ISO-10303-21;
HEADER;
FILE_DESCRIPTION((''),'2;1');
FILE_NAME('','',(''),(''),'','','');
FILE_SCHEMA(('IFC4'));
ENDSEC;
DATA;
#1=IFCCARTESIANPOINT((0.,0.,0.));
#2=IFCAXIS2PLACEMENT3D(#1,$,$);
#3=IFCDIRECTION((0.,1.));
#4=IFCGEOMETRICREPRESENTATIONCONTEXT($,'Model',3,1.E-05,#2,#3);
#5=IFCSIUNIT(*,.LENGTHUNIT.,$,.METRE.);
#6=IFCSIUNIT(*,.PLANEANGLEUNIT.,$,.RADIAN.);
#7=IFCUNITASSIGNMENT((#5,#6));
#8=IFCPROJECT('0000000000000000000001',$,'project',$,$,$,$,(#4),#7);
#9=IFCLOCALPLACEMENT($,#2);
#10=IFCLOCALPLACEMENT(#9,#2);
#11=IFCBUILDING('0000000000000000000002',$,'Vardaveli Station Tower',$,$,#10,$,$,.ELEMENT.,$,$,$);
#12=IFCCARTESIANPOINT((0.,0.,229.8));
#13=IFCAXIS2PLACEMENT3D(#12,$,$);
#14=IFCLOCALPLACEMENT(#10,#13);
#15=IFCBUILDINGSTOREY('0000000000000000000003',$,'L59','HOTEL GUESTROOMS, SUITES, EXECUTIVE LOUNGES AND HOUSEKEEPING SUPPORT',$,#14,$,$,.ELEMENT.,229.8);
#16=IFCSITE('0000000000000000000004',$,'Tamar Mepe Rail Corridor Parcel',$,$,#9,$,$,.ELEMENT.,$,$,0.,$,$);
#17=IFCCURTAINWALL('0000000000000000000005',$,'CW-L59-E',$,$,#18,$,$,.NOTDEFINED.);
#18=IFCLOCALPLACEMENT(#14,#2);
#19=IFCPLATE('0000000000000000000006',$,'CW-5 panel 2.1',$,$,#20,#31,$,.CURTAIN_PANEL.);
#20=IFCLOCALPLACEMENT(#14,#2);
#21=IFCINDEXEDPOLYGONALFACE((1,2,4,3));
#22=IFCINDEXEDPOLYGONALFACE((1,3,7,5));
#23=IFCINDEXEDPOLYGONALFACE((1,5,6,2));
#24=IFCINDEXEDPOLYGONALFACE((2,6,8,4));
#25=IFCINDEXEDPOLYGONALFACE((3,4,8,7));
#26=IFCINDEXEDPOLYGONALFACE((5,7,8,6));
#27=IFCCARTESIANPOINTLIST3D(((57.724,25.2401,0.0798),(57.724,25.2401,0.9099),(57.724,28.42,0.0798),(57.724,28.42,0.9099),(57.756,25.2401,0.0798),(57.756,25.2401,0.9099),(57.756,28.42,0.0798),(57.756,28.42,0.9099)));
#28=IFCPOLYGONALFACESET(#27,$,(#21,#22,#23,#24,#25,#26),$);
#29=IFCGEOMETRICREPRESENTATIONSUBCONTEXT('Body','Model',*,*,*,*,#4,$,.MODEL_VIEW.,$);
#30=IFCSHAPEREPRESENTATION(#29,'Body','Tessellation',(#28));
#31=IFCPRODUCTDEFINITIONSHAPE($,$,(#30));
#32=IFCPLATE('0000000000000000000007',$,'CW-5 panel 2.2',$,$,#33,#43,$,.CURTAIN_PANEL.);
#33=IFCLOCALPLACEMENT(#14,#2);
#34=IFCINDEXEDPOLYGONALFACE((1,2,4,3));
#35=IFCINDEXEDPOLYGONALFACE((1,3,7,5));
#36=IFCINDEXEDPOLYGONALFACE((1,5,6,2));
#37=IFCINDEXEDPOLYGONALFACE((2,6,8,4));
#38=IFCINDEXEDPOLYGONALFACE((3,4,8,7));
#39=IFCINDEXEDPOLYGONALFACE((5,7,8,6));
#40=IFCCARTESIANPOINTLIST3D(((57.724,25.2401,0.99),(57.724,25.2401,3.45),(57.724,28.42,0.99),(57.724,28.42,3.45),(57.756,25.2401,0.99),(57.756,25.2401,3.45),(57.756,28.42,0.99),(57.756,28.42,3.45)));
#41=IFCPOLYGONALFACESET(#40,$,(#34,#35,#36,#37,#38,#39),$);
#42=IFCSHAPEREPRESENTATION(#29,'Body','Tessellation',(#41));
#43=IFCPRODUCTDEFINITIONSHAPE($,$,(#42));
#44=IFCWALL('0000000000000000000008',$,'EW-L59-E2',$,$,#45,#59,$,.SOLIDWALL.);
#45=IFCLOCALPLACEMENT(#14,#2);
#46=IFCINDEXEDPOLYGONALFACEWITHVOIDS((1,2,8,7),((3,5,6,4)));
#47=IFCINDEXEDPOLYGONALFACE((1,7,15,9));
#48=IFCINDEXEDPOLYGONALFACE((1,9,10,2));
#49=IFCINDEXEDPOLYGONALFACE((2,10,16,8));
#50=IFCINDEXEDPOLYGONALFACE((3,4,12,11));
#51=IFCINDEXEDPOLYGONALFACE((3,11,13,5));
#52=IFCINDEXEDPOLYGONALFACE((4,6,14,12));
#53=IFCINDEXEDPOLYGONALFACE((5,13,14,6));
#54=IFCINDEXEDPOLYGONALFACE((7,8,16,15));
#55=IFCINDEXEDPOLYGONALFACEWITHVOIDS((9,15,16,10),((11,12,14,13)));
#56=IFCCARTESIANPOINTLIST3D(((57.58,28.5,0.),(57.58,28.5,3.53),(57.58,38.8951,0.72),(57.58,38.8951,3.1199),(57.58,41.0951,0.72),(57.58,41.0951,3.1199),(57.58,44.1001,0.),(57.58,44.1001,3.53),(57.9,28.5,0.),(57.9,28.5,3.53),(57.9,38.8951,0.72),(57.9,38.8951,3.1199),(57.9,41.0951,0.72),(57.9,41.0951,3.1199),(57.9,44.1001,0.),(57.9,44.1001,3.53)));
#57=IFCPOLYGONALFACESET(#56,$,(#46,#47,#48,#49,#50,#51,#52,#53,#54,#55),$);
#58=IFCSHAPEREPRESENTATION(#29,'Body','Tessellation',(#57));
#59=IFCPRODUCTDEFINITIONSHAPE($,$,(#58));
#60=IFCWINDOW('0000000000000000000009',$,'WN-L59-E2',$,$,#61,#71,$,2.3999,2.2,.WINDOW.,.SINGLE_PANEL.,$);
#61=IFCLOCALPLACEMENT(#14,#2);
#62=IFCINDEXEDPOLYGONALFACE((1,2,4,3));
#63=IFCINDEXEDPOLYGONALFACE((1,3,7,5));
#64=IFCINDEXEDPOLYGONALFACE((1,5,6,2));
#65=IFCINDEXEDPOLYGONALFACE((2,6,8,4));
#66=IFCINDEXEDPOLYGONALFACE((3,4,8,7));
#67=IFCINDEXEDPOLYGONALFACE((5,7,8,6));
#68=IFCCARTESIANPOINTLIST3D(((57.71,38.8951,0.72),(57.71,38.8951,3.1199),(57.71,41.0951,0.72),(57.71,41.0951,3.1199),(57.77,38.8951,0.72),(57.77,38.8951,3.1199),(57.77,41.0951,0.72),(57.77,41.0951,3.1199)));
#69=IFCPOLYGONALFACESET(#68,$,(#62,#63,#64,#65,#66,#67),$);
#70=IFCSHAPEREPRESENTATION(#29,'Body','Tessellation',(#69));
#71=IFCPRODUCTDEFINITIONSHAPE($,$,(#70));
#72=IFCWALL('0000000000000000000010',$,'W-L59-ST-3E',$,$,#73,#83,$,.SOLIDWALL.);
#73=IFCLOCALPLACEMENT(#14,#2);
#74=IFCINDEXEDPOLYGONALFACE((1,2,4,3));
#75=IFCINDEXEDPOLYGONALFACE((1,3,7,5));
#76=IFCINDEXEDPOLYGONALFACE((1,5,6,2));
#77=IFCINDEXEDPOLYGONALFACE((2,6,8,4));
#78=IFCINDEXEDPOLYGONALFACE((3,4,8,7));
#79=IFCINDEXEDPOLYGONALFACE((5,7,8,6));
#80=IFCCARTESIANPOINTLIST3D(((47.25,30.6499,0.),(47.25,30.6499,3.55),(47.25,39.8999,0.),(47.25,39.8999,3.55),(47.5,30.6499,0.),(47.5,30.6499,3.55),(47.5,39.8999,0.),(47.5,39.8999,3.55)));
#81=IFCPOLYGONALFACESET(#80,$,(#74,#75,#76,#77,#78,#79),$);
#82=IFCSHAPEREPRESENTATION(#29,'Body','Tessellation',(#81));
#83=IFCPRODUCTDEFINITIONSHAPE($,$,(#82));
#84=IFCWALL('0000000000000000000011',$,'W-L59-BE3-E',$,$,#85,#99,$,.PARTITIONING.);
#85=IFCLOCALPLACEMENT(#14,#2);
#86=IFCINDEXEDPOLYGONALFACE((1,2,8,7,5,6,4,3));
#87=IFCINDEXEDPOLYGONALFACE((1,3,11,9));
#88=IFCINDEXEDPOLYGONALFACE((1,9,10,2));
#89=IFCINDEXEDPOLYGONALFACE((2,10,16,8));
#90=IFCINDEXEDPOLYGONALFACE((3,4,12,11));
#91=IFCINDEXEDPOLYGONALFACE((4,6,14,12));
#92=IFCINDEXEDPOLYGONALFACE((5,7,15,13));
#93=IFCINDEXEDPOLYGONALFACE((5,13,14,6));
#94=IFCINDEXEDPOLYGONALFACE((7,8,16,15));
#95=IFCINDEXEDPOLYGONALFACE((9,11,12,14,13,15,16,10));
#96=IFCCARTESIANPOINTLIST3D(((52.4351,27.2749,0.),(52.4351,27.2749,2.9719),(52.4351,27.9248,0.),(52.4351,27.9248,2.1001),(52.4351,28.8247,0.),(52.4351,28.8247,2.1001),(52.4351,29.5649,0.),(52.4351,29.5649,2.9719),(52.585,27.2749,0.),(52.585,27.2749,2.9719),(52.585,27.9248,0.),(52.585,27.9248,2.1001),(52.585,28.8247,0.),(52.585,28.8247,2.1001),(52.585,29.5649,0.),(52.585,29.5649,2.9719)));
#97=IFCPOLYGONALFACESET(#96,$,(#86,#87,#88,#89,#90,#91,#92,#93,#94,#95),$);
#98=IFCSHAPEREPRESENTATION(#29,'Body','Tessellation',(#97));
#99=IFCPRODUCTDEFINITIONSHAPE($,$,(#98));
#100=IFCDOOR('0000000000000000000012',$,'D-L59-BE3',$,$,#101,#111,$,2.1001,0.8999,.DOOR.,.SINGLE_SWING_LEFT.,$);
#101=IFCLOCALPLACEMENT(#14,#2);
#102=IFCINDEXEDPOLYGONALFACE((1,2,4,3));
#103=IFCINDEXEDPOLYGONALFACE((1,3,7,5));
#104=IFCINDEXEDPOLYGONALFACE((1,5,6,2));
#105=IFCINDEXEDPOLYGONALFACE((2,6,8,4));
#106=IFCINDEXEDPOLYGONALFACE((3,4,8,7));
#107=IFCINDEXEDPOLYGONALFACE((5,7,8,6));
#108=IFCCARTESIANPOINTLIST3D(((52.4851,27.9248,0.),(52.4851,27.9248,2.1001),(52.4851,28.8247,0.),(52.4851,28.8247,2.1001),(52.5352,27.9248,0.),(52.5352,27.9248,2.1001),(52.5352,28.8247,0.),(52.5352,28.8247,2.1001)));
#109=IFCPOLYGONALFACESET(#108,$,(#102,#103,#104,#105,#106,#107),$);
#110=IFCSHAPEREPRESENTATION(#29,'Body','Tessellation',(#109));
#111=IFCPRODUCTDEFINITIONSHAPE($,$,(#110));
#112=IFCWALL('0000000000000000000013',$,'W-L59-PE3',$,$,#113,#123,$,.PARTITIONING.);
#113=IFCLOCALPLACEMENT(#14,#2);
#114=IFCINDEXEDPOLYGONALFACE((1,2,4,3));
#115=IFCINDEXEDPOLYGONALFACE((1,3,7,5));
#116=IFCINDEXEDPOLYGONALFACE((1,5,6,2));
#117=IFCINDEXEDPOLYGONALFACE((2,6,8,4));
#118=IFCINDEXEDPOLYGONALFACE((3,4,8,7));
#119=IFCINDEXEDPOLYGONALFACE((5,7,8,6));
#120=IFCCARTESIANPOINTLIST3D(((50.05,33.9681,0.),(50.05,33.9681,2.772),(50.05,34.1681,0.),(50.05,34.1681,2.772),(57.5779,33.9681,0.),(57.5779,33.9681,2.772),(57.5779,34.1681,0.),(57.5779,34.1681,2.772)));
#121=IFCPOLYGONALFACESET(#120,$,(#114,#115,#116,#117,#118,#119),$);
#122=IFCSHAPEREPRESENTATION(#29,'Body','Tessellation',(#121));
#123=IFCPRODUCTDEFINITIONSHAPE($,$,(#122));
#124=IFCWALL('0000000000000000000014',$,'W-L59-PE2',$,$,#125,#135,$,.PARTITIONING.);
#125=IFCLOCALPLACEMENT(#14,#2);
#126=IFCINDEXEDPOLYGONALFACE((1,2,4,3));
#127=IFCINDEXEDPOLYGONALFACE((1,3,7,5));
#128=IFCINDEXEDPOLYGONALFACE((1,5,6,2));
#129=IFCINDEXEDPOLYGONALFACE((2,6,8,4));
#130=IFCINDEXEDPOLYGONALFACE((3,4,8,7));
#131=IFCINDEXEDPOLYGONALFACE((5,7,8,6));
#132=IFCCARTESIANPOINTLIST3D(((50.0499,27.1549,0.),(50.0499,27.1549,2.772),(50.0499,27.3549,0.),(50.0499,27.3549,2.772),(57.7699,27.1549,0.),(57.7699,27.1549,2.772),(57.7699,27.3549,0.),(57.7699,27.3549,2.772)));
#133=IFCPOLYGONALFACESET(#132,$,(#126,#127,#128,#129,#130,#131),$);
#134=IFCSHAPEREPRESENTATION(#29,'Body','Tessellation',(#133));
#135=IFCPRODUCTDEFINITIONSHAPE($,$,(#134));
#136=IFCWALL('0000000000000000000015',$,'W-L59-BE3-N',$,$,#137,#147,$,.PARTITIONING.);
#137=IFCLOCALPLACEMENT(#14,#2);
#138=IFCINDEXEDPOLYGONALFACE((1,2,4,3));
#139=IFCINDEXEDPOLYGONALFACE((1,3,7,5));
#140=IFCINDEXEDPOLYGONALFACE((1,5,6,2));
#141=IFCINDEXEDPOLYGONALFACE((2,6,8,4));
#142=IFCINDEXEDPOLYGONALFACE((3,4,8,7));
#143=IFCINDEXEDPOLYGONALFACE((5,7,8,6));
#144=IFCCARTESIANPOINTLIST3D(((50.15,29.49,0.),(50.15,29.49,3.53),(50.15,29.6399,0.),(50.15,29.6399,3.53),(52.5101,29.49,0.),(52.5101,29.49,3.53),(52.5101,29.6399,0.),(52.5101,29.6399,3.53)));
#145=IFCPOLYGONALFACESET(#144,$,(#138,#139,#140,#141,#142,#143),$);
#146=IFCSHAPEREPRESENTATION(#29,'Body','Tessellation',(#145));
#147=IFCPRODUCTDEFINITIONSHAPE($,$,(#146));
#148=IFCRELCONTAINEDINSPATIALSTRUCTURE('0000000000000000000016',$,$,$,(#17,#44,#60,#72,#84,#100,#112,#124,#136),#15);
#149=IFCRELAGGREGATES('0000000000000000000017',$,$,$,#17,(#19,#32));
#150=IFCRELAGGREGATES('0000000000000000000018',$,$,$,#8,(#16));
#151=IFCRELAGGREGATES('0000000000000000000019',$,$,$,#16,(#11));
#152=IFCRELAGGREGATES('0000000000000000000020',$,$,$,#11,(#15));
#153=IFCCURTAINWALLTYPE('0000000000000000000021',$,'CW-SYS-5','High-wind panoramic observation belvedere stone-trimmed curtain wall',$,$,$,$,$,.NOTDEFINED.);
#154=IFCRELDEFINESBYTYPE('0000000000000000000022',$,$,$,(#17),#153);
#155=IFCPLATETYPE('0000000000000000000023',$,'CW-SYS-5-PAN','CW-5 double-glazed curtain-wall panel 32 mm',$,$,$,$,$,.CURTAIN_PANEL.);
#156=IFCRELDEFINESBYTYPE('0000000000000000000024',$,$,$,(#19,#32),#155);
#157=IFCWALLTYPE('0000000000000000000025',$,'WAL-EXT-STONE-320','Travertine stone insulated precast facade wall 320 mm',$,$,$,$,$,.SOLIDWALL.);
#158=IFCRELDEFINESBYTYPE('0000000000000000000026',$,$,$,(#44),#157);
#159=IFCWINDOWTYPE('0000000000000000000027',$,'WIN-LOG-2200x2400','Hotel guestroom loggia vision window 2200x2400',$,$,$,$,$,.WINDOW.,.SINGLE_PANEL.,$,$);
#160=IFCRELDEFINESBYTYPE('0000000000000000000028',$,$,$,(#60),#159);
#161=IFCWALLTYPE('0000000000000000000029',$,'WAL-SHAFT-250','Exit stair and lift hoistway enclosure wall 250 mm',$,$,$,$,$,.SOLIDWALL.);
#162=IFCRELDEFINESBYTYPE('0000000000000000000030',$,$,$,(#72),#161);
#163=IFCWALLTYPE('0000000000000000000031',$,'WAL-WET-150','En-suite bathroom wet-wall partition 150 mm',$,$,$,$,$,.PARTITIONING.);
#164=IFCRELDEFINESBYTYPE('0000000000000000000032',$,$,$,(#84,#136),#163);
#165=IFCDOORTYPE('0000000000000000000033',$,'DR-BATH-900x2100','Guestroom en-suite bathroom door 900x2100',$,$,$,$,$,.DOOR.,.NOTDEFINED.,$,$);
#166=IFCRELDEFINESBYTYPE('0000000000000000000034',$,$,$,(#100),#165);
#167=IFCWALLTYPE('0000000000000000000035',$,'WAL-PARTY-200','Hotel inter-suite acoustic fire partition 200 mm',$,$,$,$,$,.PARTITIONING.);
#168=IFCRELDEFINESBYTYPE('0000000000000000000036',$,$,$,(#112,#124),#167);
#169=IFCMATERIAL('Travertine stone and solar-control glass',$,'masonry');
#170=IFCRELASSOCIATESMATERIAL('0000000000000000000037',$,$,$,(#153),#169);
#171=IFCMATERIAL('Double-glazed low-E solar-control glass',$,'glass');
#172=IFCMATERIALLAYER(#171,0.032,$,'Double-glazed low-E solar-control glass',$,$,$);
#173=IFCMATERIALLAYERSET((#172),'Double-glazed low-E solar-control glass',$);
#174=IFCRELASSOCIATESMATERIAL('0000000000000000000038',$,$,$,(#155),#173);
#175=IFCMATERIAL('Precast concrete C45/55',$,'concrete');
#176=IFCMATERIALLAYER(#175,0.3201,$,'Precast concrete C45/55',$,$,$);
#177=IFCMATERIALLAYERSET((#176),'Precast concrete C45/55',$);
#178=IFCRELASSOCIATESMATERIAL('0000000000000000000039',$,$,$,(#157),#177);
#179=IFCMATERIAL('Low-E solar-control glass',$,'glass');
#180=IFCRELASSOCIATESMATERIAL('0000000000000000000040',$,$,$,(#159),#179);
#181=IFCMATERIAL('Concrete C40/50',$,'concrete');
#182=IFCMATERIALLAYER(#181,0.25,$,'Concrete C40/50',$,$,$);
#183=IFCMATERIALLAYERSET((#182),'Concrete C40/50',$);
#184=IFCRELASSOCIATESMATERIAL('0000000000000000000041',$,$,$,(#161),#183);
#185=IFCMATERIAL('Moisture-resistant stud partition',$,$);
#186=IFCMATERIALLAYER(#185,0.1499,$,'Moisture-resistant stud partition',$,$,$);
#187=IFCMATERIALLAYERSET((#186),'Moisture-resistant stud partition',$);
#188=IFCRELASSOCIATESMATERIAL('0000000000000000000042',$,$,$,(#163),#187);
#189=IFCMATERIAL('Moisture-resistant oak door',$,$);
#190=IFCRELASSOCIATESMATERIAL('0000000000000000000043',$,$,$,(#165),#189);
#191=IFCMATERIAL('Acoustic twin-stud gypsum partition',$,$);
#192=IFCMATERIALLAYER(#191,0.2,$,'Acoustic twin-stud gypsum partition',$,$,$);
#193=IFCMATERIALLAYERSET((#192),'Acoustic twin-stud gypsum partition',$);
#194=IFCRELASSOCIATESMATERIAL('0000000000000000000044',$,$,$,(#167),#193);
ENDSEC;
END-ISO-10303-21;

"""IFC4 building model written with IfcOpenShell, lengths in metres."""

from ifc_helpers import new_model, si_unit, direction, frame, frame_2d, origin, origin_2d, place, context, subcontext, project, spatial, rectangle, extrude, source, transform, mapped, material, layer, layer_set, type_object, element, fill, aggregate, save


model = new_model("IFC4")

# Units and contexts
model_context = context("Model", 3, precision=1e-05, world=origin(), true_north=direction((0.0, 1.0)))
body_context = subcontext(model_context, "Body", "Model", "MODEL_VIEW")
ifc_project = project(units=[si_unit("LENGTHUNIT", "METRE"), si_unit("PLANEANGLEUNIT", "RADIAN")], contexts=[model_context])

# Site, building, storey
site_placement = place(None, origin())
site = spatial("IfcSite", under=ifc_project, at=site_placement, Name="Tamar Mepe Rail Corridor Parcel", CompositionType="ELEMENT", RefElevation=0.0)
building_placement = place(site_placement, origin())
building = spatial("IfcBuilding", under=site, at=building_placement, Name="Vardaveli Station Tower", CompositionType="ELEMENT")
storey_placement = place(building_placement, frame((0.0, 0.0, 229.8)))
storey = spatial("IfcBuildingStorey", under=building, at=storey_placement, Name="L59", Description="HOTEL GUESTROOMS, SUITES, EXECUTIVE LOUNGES AND HOUSEKEEPING SUPPORT", CompositionType="ELEMENT", Elevation=229.8)

# Shared definitions
ifc_material_1 = material(Name="Precast concrete C45/55", Category="concrete")

# Curtain wall, plates
ifc_material_2 = material(Name="Travertine stone and solar-control glass", Category="masonry")
curtain_wall_type = type_object("IfcCurtainWallType", Name="CW-SYS-5", Description="High-wind panoramic observation belvedere stone-trimmed curtain wall", PredefinedType="NOTDEFINED", material=ifc_material_2)
curtain_wall_placement = place(storey_placement, origin())
curtain_wall = element("IfcCurtainWall", 1, at=curtain_wall_placement, inside=storey, type_object=curtain_wall_type, Name="CW-L59-E", PredefinedType="NOTDEFINED")
ifc_material_3 = material(Name="Double-glazed low-E solar-control glass", Category="glass")
ifc_layer_1 = layer(ifc_material_3, 0.032, Name="Double-glazed low-E solar-control glass")
ifc_layer_set_1 = layer_set([ifc_layer_1], Name="Double-glazed low-E solar-control glass")
plate_type = type_object("IfcPlateType", Name="CW-SYS-5-PAN", Description="CW-5 double-glazed curtain-wall panel 32 mm", PredefinedType="CURTAIN_PANEL", material=ifc_layer_set_1)
shared_shape_1 = source(origin(), body_context, "Body", "SweptSolid", [
    extrude(rectangle(XDim=3.1799, YDim=0.032, at=origin_2d()), origin(), (0.0, 0.0, 1.0), 0.8301),
])
plate_1_placement = place(storey_placement, frame((57.74, 26.8301, 0.0798), z_axis=(0.0, 0.0, 1.0), x_axis=(0.0, 1.0, 0.0)))
plate_1 = element("IfcPlate", 2, at=plate_1_placement, type_object=plate_type, Name="CW-5 panel 2.1", PredefinedType="CURTAIN_PANEL", context=body_context, shape_type="MappedRepresentation", body=[
    mapped(shared_shape_1, transform((0.0, 0.0, 0.0), scale=1.0)),
])
shared_shape_2 = source(origin(), body_context, "Body", "SweptSolid", [
    extrude(rectangle(XDim=3.1799, YDim=0.032, at=origin_2d()), origin(), (0.0, 0.0, 1.0), 2.46),
])
plate_2_placement = place(storey_placement, frame((57.74, 26.8301, 0.99), z_axis=(0.0, 0.0, 1.0), x_axis=(0.0, 1.0, 0.0)))
plate_2 = element("IfcPlate", 3, at=plate_2_placement, type_object=plate_type, Name="CW-5 panel 2.2", PredefinedType="CURTAIN_PANEL", context=body_context, shape_type="MappedRepresentation", body=[
    mapped(shared_shape_2, transform((0.0, 0.0, 0.0), scale=1.0)),
])
aggregate(curtain_wall, [plate_1, plate_2])

# Wall, opening, window
ifc_layer_2 = layer(ifc_material_1, 0.3201, Name="Precast concrete C45/55")
ifc_layer_set_2 = layer_set([ifc_layer_2], Name="Precast concrete C45/55")
wall_type_1 = type_object("IfcWallType", Name="WAL-EXT-STONE-320", Description="Travertine stone insulated precast facade wall 320 mm", PredefinedType="SOLIDWALL", material=ifc_layer_set_2)
shared_shape_3 = source(origin(), body_context, "Body", "SweptSolid", [
    extrude(rectangle(XDim=15.6001, YDim=0.3201, at=frame_2d((7.8, 0.0))), origin(), (0.0, 0.0, 1.0), 3.53),
])
wall_1_placement = place(storey_placement, frame((57.74, 28.5, 0.0), z_axis=(0.0, 0.0, 1.0), x_axis=(0.0, 1.0, 0.0)))
wall_1 = element("IfcWall", 4, at=wall_1_placement, inside=storey, type_object=wall_type_1, Name="EW-L59-E2", PredefinedType="SOLIDWALL", context=body_context, shape_type="MappedRepresentation", body=[
    mapped(shared_shape_3, transform((0.0, 0.0, 0.0), scale=1.0)),
])
shared_shape_4 = source(origin(), body_context, "Body", "SweptSolid", [
    extrude(rectangle(XDim=2.2, YDim=2.3999, at=frame_2d((1.1001, 1.2))), frame((0.0, 0.1699, 0.0), z_axis=(0.0, -1.0, 0.0), x_axis=(1.0, 0.0, 0.0)), (0.0, 0.0, 1.0), 0.3401),
])
opening_1_placement = place(wall_1_placement, frame((10.395, 0.0, 0.72)))
opening_1 = element("IfcOpeningElement", 5, at=opening_1_placement, cuts=wall_1, PredefinedType="OPENING", context=body_context, shape_type="MappedRepresentation", body=[
    mapped(shared_shape_4, transform((0.0, 0.0, 0.0), scale=1.0)),
])
ifc_material_4 = material(Name="Low-E solar-control glass", Category="glass")
window_type = type_object("IfcWindowType", Name="WIN-LOG-2200x2400", Description="Hotel guestroom loggia vision window 2200x2400", PartitioningType="SINGLE_PANEL", PredefinedType="WINDOW", material=ifc_material_4)
shared_shape_5 = source(origin(), body_context, "Body", "SweptSolid", [
    extrude(rectangle(XDim=2.2, YDim=2.3999, at=frame_2d((1.1001, 1.2))), frame((0.0, 0.03, 0.0), z_axis=(0.0, -1.0, 0.0), x_axis=(1.0, 0.0, 0.0)), (0.0, 0.0, 1.0), 0.0601),
])
window_placement = place(opening_1_placement, origin())
window = element("IfcWindow", 6, at=window_placement, inside=storey, type_object=window_type, Name="WN-L59-E2", OverallHeight=2.3999, OverallWidth=2.2, PartitioningType="SINGLE_PANEL", PredefinedType="WINDOW", context=body_context, shape_type="MappedRepresentation", body=[
    mapped(shared_shape_5, transform((0.0, 0.0, 0.0), scale=1.0)),
])
fill(opening_1, window)

# Wall
ifc_material_5 = material(Name="Concrete C40/50", Category="concrete")
ifc_layer_3 = layer(ifc_material_5, 0.25, Name="Concrete C40/50")
ifc_layer_set_3 = layer_set([ifc_layer_3], Name="Concrete C40/50")
wall_type_2 = type_object("IfcWallType", Name="WAL-SHAFT-250", Description="Exit stair and lift hoistway enclosure wall 250 mm", PredefinedType="SOLIDWALL", material=ifc_layer_set_3)
shared_shape_6 = source(origin(), body_context, "Body", "SweptSolid", [
    extrude(rectangle(XDim=9.25, YDim=0.25, at=frame_2d((4.625, 0.0))), origin(), (0.0, 0.0, 1.0), 3.55),
])
wall_2_placement = place(storey_placement, frame((47.375, 30.6499, 0.0), z_axis=(0.0, 0.0, 1.0), x_axis=(0.0, 1.0, 0.0)))
element("IfcWall", 7, at=wall_2_placement, inside=storey, type_object=wall_type_2, Name="W-L59-ST-3E", PredefinedType="SOLIDWALL", context=body_context, shape_type="MappedRepresentation", body=[
    mapped(shared_shape_6, transform((0.0, 0.0, 0.0), scale=1.0)),
])

# Wall, opening, door
ifc_material_6 = material(Name="Moisture-resistant stud partition")
ifc_layer_4 = layer(ifc_material_6, 0.1499, Name="Moisture-resistant stud partition")
ifc_layer_set_4 = layer_set([ifc_layer_4], Name="Moisture-resistant stud partition")
wall_type_3 = type_object("IfcWallType", Name="WAL-WET-150", Description="En-suite bathroom wet-wall partition 150 mm", PredefinedType="PARTITIONING", material=ifc_layer_set_4)
shared_shape_7 = source(origin(), body_context, "Body", "SweptSolid", [
    extrude(rectangle(XDim=2.29, YDim=0.1499, at=frame_2d((1.145, 0.0))), origin(), (0.0, 0.0, 1.0), 2.9719),
])
wall_3_placement = place(storey_placement, frame((52.51, 27.2749, 0.0), z_axis=(0.0, 0.0, 1.0), x_axis=(0.0, 1.0, 0.0)))
wall_3 = element("IfcWall", 8, at=wall_3_placement, inside=storey, type_object=wall_type_3, Name="W-L59-BE3-E", PredefinedType="PARTITIONING", context=body_context, shape_type="MappedRepresentation", body=[
    mapped(shared_shape_7, transform((0.0, 0.0, 0.0), scale=1.0)),
])
shared_shape_8 = source(origin(), body_context, "Body", "SweptSolid", [
    extrude(rectangle(XDim=0.8999, YDim=2.1001, at=frame_2d((0.45, 1.05))), frame((0.0, 0.085, 0.0), z_axis=(0.0, -1.0, 0.0), x_axis=(1.0, 0.0, 0.0)), (0.0, 0.0, 1.0), 0.1699),
])
opening_2_placement = place(wall_3_placement, frame((0.6499, 0.0, 0.0)))
opening_2 = element("IfcOpeningElement", 9, at=opening_2_placement, cuts=wall_3, PredefinedType="OPENING", context=body_context, shape_type="MappedRepresentation", body=[
    mapped(shared_shape_8, transform((0.0, 0.0, 0.0), scale=1.0)),
])
ifc_material_7 = material(Name="Moisture-resistant oak door")
door_type = type_object("IfcDoorType", Name="DR-BATH-900x2100", Description="Guestroom en-suite bathroom door 900x2100", OperationType="NOTDEFINED", PredefinedType="DOOR", material=ifc_material_7)
shared_shape_9 = source(origin(), body_context, "Body", "SweptSolid", [
    extrude(rectangle(XDim=0.8999, YDim=2.1001, at=frame_2d((0.45, 1.05))), frame((0.0, 0.0249, 0.0), z_axis=(0.0, -1.0, 0.0), x_axis=(1.0, 0.0, 0.0)), (0.0, 0.0, 1.0), 0.05),
])
door_1_placement = place(opening_2_placement, origin())
door_1 = element("IfcDoor", 10, at=door_1_placement, inside=storey, type_object=door_type, Name="D-L59-BE3", OperationType="SINGLE_SWING_LEFT", OverallHeight=2.1001, OverallWidth=0.8999, PredefinedType="DOOR", context=body_context, shape_type="MappedRepresentation", body=[
    mapped(shared_shape_9, transform((0.0, 0.0, 0.0), scale=1.0)),
])
fill(opening_2, door_1)

# Walls
ifc_material_8 = material(Name="Acoustic twin-stud gypsum partition")
ifc_layer_5 = layer(ifc_material_8, 0.2, Name="Acoustic twin-stud gypsum partition")
ifc_layer_set_5 = layer_set([ifc_layer_5], Name="Acoustic twin-stud gypsum partition")
wall_type_4 = type_object("IfcWallType", Name="WAL-PARTY-200", Description="Hotel inter-suite acoustic fire partition 200 mm", PredefinedType="PARTITIONING", material=ifc_layer_set_5)
shared_shape_10 = source(origin(), body_context, "Body", "SweptSolid", [
    extrude(rectangle(XDim=7.5278, YDim=0.2, at=frame_2d((3.7639, 0.0))), origin(), (0.0, 0.0, 1.0), 2.772),
])
wall_4_placement = place(storey_placement, frame((50.05, 34.0681, 0.0), z_axis=(0.0, 0.0, 1.0), x_axis=(1.0, 0.0, 0.0)))
element("IfcWall", 11, at=wall_4_placement, inside=storey, type_object=wall_type_4, Name="W-L59-PE3", PredefinedType="PARTITIONING", context=body_context, shape_type="MappedRepresentation", body=[
    mapped(shared_shape_10, transform((0.0, 0.0, 0.0), scale=1.0)),
])
shared_shape_11 = source(origin(), body_context, "Body", "SweptSolid", [
    extrude(rectangle(XDim=7.72, YDim=0.2, at=frame_2d((3.8599, 0.0))), origin(), (0.0, 0.0, 1.0), 2.772),
])
wall_5_placement = place(storey_placement, frame((50.05, 27.2549, 0.0), z_axis=(0.0, 0.0, 1.0), x_axis=(1.0, 0.0, 0.0)))
element("IfcWall", 12, at=wall_5_placement, inside=storey, type_object=wall_type_4, Name="W-L59-PE2", PredefinedType="PARTITIONING", context=body_context, shape_type="MappedRepresentation", body=[
    mapped(shared_shape_11, transform((0.0, 0.0, 0.0), scale=1.0)),
])
shared_shape_12 = source(origin(), body_context, "Body", "SweptSolid", [
    extrude(rectangle(XDim=2.3601, YDim=0.1499, at=frame_2d((1.1802, 0.0))), origin(), (0.0, 0.0, 1.0), 3.53),
])
wall_6_placement = place(storey_placement, frame((50.1499, 29.5649, 0.0), z_axis=(0.0, 0.0, 1.0), x_axis=(1.0, 0.0, 0.0)))
element("IfcWall", 13, at=wall_6_placement, inside=storey, type_object=wall_type_3, Name="W-L59-BE3-N", PredefinedType="PARTITIONING", context=body_context, shape_type="MappedRepresentation", body=[
    mapped(shared_shape_12, transform((0.0, 0.0, 0.0), scale=1.0)),
])

save(model, "model.ifc")
